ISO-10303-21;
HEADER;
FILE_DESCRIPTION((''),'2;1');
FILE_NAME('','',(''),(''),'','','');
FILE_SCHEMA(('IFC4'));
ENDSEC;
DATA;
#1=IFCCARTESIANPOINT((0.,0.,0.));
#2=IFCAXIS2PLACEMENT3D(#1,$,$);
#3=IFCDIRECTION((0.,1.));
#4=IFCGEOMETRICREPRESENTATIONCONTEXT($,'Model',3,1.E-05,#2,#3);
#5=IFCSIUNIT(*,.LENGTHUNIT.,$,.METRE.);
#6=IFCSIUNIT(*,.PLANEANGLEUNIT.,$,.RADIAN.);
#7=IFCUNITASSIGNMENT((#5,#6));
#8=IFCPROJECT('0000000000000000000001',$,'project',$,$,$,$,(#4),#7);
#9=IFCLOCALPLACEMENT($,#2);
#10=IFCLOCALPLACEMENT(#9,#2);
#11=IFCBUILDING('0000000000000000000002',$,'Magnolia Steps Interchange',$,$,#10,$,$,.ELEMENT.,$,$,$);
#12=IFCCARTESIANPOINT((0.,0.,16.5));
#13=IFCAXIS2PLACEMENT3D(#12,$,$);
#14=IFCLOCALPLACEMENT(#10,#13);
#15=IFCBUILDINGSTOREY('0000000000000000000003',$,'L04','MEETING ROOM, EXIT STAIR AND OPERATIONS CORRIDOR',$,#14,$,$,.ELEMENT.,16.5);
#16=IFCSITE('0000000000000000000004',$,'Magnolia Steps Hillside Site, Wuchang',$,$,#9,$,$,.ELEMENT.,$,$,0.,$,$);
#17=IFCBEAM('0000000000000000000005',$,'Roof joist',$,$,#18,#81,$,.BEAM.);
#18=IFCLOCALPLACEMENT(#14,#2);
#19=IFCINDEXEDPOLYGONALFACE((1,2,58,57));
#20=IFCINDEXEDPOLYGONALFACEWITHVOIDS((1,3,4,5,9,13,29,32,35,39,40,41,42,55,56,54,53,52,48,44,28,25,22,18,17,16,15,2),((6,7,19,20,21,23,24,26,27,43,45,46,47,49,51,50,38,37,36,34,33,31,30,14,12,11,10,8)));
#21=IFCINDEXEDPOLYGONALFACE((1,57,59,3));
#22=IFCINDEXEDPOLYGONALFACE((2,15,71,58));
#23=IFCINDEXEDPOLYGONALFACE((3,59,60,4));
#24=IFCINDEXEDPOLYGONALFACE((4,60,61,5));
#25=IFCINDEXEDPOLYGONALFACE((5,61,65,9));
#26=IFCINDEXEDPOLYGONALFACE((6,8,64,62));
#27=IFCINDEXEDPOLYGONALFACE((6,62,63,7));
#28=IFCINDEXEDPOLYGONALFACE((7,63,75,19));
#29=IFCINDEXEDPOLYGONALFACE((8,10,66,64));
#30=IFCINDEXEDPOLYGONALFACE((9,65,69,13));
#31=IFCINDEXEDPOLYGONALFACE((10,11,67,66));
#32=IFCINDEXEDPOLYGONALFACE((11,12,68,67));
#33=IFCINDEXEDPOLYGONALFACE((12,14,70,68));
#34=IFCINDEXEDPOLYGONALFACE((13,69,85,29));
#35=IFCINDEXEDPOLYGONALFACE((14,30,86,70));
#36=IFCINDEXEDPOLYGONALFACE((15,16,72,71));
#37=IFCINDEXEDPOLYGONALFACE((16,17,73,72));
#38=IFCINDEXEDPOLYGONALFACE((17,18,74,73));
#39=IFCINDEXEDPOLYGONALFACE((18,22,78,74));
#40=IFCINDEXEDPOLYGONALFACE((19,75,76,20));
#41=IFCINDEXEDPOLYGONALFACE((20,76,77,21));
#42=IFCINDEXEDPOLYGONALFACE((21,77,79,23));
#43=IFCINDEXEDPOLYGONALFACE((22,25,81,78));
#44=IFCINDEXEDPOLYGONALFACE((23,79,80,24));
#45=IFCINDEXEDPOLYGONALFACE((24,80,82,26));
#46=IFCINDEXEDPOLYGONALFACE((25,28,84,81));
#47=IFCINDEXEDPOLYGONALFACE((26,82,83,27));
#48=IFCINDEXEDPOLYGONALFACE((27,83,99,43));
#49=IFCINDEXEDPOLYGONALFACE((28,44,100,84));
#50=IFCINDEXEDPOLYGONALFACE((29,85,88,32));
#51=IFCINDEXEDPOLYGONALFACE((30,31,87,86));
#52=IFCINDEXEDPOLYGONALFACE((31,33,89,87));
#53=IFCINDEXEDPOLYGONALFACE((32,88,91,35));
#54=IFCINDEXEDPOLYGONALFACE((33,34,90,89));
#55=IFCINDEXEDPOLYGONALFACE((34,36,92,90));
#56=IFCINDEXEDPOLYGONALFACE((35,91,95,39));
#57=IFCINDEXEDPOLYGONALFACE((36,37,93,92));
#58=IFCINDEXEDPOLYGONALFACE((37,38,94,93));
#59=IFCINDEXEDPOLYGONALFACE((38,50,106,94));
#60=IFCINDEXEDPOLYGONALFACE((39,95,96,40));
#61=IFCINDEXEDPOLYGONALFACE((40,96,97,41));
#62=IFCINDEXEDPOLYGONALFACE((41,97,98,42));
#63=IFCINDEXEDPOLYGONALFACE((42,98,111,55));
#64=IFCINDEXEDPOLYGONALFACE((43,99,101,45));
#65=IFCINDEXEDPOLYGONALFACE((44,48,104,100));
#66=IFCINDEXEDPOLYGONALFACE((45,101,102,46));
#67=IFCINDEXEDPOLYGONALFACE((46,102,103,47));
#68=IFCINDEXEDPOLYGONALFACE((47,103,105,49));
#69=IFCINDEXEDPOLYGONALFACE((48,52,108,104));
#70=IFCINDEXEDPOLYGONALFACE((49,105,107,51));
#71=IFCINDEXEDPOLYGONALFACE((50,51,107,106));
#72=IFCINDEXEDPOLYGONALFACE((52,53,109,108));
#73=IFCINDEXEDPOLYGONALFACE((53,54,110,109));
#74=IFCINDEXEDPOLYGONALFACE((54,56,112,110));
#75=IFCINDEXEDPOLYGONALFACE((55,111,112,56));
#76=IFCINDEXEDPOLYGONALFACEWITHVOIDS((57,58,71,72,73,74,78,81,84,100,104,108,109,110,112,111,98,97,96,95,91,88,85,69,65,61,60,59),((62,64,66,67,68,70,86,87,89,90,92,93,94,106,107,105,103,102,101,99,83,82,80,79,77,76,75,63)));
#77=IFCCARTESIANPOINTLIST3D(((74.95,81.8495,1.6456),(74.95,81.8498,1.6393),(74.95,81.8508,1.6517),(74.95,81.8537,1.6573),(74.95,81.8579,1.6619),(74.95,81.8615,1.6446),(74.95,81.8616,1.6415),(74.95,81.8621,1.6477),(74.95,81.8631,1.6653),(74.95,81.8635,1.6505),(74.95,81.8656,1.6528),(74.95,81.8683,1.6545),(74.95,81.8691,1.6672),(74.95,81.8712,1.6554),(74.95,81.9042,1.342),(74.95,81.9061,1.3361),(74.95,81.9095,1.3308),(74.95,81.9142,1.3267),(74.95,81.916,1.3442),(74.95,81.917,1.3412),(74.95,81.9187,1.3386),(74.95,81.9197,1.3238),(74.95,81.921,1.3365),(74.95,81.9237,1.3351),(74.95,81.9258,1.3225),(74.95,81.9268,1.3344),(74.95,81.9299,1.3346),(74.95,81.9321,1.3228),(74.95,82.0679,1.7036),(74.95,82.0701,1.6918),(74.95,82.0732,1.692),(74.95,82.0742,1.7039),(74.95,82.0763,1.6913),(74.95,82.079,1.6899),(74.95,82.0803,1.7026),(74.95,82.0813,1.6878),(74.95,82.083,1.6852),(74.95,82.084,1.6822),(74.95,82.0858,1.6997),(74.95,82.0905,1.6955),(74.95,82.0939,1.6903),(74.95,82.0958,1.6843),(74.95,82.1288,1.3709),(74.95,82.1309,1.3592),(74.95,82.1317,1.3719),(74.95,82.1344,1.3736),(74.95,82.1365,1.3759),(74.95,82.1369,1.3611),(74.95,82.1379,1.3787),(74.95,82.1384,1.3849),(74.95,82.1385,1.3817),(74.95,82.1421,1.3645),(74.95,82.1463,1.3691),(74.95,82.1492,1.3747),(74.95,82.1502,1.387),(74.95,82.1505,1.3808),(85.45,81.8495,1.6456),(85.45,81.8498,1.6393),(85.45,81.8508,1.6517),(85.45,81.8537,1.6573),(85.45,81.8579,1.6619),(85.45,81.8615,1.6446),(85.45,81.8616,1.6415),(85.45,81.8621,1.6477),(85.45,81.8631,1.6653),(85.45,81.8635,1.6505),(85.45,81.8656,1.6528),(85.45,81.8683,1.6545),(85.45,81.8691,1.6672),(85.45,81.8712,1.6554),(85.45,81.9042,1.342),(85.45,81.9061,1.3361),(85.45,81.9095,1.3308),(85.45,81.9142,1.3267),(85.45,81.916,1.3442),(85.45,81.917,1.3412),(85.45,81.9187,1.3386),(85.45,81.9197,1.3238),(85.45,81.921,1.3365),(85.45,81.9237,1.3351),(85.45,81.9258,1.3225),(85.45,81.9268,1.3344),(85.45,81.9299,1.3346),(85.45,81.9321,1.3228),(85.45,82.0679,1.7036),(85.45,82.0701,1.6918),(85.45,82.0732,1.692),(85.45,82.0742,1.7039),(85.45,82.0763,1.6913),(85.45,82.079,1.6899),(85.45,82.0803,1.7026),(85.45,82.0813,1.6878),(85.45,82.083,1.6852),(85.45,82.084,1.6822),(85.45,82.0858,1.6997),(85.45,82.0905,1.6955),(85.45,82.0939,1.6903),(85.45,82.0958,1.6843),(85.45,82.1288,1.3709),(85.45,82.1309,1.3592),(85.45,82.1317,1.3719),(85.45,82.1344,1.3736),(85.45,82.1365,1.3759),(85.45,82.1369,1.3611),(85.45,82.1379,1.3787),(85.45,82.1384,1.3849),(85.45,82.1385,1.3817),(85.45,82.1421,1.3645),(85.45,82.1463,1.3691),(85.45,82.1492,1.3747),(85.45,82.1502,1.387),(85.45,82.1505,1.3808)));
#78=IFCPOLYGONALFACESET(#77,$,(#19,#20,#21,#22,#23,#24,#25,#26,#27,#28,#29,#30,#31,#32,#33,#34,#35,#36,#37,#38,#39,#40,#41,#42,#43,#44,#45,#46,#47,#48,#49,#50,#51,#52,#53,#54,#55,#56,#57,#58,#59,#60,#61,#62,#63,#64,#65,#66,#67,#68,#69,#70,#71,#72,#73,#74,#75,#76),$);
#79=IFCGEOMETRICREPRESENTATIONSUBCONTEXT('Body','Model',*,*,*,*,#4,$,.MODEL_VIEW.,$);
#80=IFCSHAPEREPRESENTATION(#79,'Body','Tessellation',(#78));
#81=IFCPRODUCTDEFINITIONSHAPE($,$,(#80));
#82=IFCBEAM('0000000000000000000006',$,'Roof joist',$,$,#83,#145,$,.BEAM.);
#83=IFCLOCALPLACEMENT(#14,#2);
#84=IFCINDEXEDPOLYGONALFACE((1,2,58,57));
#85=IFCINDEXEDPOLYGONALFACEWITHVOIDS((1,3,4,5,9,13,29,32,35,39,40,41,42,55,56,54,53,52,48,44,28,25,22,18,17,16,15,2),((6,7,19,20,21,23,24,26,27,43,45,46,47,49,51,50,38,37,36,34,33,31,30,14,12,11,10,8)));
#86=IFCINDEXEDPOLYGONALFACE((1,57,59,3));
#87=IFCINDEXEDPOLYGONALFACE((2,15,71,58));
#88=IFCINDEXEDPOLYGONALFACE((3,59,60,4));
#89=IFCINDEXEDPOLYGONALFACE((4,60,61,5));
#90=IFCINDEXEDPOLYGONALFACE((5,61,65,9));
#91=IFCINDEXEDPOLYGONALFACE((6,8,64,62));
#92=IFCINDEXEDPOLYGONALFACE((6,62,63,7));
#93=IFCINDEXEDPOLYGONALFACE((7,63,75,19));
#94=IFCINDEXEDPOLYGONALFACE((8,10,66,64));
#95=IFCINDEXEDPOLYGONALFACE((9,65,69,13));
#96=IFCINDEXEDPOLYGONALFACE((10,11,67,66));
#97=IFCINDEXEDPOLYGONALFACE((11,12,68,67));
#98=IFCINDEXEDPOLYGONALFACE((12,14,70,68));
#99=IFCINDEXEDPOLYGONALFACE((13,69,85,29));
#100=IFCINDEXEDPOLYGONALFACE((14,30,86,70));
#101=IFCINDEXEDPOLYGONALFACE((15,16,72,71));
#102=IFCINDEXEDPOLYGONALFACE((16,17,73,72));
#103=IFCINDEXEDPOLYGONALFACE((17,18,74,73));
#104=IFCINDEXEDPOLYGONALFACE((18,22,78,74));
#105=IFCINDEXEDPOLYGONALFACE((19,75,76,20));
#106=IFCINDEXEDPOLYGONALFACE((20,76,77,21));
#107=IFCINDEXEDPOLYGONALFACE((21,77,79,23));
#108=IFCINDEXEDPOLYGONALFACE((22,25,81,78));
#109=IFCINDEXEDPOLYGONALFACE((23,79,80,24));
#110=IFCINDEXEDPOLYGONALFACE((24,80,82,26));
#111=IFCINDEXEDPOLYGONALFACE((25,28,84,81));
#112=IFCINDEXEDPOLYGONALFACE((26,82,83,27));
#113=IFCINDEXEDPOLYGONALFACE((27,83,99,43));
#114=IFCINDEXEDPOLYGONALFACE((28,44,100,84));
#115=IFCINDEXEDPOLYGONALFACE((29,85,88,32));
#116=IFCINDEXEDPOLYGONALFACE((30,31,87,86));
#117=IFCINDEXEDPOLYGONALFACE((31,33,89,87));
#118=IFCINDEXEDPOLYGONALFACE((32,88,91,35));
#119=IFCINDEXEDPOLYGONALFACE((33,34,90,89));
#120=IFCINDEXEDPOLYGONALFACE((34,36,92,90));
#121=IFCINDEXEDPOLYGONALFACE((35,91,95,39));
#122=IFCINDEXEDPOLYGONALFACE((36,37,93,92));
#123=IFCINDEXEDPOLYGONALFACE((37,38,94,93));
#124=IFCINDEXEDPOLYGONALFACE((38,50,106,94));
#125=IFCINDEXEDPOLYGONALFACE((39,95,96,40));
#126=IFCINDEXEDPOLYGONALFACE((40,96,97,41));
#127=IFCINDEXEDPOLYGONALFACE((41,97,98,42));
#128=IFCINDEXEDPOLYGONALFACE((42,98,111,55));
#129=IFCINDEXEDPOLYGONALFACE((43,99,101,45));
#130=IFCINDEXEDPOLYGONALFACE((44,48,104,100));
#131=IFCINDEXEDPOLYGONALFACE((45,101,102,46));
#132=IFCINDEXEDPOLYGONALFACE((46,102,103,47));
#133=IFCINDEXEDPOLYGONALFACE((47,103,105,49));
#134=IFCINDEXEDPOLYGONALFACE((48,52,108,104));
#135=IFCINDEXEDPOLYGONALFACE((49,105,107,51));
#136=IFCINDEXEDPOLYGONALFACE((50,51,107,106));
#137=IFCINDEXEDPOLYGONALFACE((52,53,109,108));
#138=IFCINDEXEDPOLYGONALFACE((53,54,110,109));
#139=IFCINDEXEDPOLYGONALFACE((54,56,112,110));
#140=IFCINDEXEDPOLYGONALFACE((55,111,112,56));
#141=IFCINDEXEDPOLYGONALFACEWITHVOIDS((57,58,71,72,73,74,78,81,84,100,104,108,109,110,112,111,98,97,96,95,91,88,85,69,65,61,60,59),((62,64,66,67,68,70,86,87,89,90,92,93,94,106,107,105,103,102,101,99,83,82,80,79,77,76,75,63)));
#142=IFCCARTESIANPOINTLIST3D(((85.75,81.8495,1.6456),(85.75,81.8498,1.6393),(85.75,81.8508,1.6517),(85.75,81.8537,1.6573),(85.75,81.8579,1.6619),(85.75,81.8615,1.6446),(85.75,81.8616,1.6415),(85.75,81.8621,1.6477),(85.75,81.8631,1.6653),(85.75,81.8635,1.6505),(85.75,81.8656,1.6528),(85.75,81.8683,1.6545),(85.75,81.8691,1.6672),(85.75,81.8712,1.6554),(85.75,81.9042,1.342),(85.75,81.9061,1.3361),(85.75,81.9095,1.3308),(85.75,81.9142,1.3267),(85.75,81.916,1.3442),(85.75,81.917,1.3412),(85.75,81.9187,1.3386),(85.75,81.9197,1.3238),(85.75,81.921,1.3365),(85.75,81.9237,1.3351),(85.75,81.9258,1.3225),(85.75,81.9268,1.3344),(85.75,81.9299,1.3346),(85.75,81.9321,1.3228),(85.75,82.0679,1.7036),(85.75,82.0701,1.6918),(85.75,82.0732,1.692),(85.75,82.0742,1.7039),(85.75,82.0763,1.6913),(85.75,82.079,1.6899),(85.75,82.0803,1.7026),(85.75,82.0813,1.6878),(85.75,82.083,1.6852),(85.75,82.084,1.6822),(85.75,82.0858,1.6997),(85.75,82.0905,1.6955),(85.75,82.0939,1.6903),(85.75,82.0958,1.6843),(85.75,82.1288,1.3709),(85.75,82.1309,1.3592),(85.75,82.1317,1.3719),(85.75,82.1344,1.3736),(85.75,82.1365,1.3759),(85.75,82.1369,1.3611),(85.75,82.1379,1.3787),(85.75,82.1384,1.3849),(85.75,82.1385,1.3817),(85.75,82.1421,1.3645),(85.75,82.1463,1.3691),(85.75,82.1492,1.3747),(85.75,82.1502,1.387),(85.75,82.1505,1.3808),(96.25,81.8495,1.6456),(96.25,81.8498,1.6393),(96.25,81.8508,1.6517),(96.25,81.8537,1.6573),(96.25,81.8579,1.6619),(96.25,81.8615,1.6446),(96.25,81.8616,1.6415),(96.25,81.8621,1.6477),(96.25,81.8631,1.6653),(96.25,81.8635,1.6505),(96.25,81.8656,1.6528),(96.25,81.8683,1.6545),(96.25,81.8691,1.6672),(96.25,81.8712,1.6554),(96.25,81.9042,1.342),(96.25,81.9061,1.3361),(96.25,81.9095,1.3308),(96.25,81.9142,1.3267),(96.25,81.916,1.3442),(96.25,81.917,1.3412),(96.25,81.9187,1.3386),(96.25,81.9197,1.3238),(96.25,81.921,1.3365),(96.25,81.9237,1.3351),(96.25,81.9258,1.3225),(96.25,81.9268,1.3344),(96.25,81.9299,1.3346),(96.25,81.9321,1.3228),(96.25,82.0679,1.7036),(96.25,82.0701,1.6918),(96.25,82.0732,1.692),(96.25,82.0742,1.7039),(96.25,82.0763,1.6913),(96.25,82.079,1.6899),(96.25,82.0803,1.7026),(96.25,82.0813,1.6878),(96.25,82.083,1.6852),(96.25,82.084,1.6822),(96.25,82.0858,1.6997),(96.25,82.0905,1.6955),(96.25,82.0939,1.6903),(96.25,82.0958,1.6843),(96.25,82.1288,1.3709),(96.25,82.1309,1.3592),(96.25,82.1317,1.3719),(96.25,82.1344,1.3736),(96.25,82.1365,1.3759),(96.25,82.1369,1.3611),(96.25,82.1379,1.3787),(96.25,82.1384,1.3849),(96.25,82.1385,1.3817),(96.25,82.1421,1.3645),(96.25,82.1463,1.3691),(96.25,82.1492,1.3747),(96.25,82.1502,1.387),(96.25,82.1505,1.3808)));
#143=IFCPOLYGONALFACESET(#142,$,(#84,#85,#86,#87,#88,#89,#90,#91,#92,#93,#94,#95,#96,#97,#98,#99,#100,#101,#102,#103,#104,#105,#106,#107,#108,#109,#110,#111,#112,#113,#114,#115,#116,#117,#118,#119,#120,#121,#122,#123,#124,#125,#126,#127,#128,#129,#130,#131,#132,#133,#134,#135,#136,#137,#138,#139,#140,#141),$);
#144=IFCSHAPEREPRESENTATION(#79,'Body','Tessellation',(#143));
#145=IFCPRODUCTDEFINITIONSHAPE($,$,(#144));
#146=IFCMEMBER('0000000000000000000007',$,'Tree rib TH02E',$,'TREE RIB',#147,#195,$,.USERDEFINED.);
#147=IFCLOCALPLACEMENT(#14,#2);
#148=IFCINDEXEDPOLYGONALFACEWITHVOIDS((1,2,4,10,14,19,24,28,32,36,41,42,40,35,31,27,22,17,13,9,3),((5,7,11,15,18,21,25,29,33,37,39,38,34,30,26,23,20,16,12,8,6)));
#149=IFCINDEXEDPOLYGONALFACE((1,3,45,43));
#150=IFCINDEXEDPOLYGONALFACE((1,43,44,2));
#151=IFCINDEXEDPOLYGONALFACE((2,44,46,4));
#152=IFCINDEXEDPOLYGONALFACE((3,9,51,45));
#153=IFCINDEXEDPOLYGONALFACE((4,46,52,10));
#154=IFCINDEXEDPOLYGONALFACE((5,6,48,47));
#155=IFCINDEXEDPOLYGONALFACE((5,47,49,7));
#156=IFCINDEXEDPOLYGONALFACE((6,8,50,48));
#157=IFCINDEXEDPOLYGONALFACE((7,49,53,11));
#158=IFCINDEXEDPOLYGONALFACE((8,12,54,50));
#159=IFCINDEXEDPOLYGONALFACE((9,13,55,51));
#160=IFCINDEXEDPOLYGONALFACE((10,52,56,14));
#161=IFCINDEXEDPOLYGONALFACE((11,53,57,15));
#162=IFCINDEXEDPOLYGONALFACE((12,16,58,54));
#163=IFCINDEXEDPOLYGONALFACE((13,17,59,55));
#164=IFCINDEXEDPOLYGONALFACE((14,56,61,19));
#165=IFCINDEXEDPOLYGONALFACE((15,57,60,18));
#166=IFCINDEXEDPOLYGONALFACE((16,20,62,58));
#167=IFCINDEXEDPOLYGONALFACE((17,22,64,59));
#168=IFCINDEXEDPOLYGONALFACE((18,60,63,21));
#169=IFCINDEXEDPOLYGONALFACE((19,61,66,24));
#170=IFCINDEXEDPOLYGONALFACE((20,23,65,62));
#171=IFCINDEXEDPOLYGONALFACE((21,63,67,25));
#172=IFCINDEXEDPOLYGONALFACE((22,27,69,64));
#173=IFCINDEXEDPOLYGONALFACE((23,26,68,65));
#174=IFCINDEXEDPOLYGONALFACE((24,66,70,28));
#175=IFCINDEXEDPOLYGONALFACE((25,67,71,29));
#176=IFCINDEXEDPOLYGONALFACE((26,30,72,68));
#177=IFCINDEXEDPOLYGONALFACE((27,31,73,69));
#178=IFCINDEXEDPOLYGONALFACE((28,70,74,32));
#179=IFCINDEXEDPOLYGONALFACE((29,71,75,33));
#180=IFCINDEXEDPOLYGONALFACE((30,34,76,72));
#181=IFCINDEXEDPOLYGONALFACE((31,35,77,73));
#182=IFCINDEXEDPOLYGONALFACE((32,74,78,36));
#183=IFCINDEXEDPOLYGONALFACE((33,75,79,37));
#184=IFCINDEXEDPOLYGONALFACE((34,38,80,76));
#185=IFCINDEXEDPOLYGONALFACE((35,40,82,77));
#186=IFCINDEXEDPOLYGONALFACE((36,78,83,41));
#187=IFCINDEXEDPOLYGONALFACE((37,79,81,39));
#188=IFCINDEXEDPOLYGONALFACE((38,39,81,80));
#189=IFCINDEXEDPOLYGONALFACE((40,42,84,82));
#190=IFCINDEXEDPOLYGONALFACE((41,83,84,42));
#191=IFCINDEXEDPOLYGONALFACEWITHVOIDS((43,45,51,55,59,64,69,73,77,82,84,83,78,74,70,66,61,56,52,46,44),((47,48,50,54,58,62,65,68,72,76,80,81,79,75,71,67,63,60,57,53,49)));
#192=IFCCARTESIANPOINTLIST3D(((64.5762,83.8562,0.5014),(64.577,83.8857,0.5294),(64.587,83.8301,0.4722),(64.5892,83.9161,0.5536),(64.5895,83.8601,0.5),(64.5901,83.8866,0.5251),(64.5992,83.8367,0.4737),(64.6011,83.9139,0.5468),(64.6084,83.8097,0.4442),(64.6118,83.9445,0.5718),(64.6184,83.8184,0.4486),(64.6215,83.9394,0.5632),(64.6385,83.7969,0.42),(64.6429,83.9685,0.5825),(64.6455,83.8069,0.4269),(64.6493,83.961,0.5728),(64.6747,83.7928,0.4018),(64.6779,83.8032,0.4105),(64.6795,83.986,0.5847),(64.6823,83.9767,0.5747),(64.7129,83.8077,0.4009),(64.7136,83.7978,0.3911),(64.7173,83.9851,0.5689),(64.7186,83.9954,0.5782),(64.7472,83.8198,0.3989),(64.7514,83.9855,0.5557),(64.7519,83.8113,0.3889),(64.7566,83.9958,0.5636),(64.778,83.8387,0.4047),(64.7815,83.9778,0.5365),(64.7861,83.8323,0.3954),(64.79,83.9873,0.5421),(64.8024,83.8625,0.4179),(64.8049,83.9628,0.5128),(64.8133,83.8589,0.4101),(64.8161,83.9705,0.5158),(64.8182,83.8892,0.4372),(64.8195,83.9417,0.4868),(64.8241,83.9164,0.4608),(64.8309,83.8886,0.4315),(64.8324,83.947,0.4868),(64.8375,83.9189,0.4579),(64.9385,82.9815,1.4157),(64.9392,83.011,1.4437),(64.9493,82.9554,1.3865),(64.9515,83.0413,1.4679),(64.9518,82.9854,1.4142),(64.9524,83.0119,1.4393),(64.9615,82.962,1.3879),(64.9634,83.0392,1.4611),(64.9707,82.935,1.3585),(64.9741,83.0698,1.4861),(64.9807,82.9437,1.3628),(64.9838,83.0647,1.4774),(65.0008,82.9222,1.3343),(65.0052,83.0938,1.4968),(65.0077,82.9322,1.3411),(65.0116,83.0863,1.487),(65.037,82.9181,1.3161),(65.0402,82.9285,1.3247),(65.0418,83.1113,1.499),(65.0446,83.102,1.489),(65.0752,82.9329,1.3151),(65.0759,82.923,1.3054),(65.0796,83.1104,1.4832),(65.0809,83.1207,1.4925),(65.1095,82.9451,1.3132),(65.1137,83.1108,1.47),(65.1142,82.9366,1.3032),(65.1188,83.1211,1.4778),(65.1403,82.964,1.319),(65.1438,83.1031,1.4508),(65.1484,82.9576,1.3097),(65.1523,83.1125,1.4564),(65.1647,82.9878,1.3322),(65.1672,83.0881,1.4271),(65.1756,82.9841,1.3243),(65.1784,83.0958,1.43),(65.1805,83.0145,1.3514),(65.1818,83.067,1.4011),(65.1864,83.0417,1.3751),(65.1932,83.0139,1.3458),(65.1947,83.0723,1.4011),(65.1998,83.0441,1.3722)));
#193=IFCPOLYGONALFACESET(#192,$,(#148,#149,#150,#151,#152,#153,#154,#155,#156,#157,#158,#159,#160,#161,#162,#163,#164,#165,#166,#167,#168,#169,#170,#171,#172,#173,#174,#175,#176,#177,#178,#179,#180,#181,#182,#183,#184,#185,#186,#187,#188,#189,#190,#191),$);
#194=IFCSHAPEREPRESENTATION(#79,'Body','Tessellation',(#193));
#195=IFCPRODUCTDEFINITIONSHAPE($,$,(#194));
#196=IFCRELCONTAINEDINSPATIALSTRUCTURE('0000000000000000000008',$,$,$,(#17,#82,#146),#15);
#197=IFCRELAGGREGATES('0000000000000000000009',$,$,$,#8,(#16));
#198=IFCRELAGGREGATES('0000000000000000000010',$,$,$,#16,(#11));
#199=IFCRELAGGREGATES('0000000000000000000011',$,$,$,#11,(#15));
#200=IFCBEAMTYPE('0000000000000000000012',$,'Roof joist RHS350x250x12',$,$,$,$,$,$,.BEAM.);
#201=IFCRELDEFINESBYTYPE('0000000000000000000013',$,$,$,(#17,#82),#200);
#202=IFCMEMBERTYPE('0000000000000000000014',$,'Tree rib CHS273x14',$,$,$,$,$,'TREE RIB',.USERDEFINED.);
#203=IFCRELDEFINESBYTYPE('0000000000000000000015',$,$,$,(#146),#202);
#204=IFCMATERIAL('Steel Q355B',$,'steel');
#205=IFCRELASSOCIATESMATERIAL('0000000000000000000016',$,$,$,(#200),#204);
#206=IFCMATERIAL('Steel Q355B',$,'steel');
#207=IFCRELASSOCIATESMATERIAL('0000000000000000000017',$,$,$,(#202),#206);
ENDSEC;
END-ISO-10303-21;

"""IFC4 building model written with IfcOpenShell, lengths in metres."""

from ifc_helpers import new_model, si_unit, direction, frame, origin, origin_2d, place, context, subcontext, project, spatial, hollow_rectangle, hollow_circle, extrude, material, material_profile, profile_set, type_object, element, save


model = new_model("IFC4")

# Units and contexts
model_context = context("Model", 3, precision=1e-05, world=origin(), true_north=direction((0.0, 1.0)))
body_context = subcontext(model_context, "Body", "Model", "MODEL_VIEW")
ifc_project = project(units=[si_unit("LENGTHUNIT", "METRE"), si_unit("PLANEANGLEUNIT", "RADIAN")], contexts=[model_context])

# Site, building, storey
site_placement = place(None, origin())
site = spatial("IfcSite", under=ifc_project, at=site_placement, Name="Magnolia Steps Hillside Site, Wuchang", CompositionType="ELEMENT", RefElevation=0.0)
building_placement = place(site_placement, origin())
building = spatial("IfcBuilding", under=site, at=building_placement, Name="Magnolia Steps Interchange", CompositionType="ELEMENT")
storey_placement = place(building_placement, frame((0.0, 0.0, 16.5)))
storey = spatial("IfcBuildingStorey", under=building, at=storey_placement, Name="L04", Description="MEETING ROOM, EXIT STAIR AND OPERATIONS CORRIDOR", CompositionType="ELEMENT", Elevation=16.5)

# Beams
ifc_material_1 = material(Name="Steel Q355B", Category="steel")
ifc_material_profile_1 = material_profile(ifc_material_1, hollow_rectangle(XDim=0.25, YDim=0.3501, WallThickness=0.012, InnerFilletRadius=0.012, OuterFilletRadius=0.0239, at=origin_2d()), Name="RHS350x250x12")
ifc_profile_set_1 = profile_set([ifc_material_profile_1], Name="Steel Q355B")
beam_type_1 = type_object("IfcBeamType", Name="Roof joist RHS350x250x12", PredefinedType="BEAM", material=ifc_profile_set_1)
for number, where, z_axis, x_axis, name in (
    (1, (74.95, 82.0, 1.5132), (1.0, 0.0, 0.0), (0.0, 0.983677, 0.179941), "Roof joist"),
    (2, (85.75, 82.0, 1.5132), (1.0, 0.0, 0.0), (0.0, 0.983677, 0.179941), "Roof joist"),
):
    element("IfcBeam", number, at=place(storey_placement, frame(where, z_axis=z_axis, x_axis=x_axis)), inside=storey, type_object=beam_type_1, Name=name, PredefinedType="BEAM", context=body_context, shape_type="SweptSolid", body=[
        extrude(hollow_rectangle(XDim=0.25, YDim=0.3501, WallThickness=0.012, InnerFilletRadius=0.012, OuterFilletRadius=0.0239, at=origin_2d()), origin(), (0.0, 0.0, 1.0), 10.5),
    ])

# Member
ifc_material_2 = material(Name="Steel Q355B", Category="steel")
ifc_material_profile_2 = material_profile(ifc_material_2, hollow_circle(Radius=0.1365, WallThickness=0.0139, at=origin_2d()), Name="CHS273x14")
ifc_profile_set_2 = profile_set([ifc_material_profile_2], Name="Steel Q355B")
member_type_1 = type_object("IfcMemberType", Name="Tree rib CHS273x14", ElementType="TREE RIB", PredefinedType="USERDEFINED", material=ifc_profile_set_2)
for number, where, z_axis, x_axis, name in (
    (3, (64.7063, 83.8948, 0.4868), (0.275263, -0.6646, 0.694649), (0.923891, 0.382655, 0.0), "Tree rib TH02E"),
):
    element("IfcMember", number, at=place(storey_placement, frame(where, z_axis=z_axis, x_axis=x_axis)), inside=storey, type_object=member_type_1, Name=name, ObjectType="TREE RIB", PredefinedType="USERDEFINED", context=body_context, shape_type="SweptSolid", body=[
        extrude(hollow_circle(Radius=0.1365, WallThickness=0.0139, at=origin_2d()), origin(), (0.0, 0.0, 1.0), 1.3162),
    ])

save(model, "model.ifc")
